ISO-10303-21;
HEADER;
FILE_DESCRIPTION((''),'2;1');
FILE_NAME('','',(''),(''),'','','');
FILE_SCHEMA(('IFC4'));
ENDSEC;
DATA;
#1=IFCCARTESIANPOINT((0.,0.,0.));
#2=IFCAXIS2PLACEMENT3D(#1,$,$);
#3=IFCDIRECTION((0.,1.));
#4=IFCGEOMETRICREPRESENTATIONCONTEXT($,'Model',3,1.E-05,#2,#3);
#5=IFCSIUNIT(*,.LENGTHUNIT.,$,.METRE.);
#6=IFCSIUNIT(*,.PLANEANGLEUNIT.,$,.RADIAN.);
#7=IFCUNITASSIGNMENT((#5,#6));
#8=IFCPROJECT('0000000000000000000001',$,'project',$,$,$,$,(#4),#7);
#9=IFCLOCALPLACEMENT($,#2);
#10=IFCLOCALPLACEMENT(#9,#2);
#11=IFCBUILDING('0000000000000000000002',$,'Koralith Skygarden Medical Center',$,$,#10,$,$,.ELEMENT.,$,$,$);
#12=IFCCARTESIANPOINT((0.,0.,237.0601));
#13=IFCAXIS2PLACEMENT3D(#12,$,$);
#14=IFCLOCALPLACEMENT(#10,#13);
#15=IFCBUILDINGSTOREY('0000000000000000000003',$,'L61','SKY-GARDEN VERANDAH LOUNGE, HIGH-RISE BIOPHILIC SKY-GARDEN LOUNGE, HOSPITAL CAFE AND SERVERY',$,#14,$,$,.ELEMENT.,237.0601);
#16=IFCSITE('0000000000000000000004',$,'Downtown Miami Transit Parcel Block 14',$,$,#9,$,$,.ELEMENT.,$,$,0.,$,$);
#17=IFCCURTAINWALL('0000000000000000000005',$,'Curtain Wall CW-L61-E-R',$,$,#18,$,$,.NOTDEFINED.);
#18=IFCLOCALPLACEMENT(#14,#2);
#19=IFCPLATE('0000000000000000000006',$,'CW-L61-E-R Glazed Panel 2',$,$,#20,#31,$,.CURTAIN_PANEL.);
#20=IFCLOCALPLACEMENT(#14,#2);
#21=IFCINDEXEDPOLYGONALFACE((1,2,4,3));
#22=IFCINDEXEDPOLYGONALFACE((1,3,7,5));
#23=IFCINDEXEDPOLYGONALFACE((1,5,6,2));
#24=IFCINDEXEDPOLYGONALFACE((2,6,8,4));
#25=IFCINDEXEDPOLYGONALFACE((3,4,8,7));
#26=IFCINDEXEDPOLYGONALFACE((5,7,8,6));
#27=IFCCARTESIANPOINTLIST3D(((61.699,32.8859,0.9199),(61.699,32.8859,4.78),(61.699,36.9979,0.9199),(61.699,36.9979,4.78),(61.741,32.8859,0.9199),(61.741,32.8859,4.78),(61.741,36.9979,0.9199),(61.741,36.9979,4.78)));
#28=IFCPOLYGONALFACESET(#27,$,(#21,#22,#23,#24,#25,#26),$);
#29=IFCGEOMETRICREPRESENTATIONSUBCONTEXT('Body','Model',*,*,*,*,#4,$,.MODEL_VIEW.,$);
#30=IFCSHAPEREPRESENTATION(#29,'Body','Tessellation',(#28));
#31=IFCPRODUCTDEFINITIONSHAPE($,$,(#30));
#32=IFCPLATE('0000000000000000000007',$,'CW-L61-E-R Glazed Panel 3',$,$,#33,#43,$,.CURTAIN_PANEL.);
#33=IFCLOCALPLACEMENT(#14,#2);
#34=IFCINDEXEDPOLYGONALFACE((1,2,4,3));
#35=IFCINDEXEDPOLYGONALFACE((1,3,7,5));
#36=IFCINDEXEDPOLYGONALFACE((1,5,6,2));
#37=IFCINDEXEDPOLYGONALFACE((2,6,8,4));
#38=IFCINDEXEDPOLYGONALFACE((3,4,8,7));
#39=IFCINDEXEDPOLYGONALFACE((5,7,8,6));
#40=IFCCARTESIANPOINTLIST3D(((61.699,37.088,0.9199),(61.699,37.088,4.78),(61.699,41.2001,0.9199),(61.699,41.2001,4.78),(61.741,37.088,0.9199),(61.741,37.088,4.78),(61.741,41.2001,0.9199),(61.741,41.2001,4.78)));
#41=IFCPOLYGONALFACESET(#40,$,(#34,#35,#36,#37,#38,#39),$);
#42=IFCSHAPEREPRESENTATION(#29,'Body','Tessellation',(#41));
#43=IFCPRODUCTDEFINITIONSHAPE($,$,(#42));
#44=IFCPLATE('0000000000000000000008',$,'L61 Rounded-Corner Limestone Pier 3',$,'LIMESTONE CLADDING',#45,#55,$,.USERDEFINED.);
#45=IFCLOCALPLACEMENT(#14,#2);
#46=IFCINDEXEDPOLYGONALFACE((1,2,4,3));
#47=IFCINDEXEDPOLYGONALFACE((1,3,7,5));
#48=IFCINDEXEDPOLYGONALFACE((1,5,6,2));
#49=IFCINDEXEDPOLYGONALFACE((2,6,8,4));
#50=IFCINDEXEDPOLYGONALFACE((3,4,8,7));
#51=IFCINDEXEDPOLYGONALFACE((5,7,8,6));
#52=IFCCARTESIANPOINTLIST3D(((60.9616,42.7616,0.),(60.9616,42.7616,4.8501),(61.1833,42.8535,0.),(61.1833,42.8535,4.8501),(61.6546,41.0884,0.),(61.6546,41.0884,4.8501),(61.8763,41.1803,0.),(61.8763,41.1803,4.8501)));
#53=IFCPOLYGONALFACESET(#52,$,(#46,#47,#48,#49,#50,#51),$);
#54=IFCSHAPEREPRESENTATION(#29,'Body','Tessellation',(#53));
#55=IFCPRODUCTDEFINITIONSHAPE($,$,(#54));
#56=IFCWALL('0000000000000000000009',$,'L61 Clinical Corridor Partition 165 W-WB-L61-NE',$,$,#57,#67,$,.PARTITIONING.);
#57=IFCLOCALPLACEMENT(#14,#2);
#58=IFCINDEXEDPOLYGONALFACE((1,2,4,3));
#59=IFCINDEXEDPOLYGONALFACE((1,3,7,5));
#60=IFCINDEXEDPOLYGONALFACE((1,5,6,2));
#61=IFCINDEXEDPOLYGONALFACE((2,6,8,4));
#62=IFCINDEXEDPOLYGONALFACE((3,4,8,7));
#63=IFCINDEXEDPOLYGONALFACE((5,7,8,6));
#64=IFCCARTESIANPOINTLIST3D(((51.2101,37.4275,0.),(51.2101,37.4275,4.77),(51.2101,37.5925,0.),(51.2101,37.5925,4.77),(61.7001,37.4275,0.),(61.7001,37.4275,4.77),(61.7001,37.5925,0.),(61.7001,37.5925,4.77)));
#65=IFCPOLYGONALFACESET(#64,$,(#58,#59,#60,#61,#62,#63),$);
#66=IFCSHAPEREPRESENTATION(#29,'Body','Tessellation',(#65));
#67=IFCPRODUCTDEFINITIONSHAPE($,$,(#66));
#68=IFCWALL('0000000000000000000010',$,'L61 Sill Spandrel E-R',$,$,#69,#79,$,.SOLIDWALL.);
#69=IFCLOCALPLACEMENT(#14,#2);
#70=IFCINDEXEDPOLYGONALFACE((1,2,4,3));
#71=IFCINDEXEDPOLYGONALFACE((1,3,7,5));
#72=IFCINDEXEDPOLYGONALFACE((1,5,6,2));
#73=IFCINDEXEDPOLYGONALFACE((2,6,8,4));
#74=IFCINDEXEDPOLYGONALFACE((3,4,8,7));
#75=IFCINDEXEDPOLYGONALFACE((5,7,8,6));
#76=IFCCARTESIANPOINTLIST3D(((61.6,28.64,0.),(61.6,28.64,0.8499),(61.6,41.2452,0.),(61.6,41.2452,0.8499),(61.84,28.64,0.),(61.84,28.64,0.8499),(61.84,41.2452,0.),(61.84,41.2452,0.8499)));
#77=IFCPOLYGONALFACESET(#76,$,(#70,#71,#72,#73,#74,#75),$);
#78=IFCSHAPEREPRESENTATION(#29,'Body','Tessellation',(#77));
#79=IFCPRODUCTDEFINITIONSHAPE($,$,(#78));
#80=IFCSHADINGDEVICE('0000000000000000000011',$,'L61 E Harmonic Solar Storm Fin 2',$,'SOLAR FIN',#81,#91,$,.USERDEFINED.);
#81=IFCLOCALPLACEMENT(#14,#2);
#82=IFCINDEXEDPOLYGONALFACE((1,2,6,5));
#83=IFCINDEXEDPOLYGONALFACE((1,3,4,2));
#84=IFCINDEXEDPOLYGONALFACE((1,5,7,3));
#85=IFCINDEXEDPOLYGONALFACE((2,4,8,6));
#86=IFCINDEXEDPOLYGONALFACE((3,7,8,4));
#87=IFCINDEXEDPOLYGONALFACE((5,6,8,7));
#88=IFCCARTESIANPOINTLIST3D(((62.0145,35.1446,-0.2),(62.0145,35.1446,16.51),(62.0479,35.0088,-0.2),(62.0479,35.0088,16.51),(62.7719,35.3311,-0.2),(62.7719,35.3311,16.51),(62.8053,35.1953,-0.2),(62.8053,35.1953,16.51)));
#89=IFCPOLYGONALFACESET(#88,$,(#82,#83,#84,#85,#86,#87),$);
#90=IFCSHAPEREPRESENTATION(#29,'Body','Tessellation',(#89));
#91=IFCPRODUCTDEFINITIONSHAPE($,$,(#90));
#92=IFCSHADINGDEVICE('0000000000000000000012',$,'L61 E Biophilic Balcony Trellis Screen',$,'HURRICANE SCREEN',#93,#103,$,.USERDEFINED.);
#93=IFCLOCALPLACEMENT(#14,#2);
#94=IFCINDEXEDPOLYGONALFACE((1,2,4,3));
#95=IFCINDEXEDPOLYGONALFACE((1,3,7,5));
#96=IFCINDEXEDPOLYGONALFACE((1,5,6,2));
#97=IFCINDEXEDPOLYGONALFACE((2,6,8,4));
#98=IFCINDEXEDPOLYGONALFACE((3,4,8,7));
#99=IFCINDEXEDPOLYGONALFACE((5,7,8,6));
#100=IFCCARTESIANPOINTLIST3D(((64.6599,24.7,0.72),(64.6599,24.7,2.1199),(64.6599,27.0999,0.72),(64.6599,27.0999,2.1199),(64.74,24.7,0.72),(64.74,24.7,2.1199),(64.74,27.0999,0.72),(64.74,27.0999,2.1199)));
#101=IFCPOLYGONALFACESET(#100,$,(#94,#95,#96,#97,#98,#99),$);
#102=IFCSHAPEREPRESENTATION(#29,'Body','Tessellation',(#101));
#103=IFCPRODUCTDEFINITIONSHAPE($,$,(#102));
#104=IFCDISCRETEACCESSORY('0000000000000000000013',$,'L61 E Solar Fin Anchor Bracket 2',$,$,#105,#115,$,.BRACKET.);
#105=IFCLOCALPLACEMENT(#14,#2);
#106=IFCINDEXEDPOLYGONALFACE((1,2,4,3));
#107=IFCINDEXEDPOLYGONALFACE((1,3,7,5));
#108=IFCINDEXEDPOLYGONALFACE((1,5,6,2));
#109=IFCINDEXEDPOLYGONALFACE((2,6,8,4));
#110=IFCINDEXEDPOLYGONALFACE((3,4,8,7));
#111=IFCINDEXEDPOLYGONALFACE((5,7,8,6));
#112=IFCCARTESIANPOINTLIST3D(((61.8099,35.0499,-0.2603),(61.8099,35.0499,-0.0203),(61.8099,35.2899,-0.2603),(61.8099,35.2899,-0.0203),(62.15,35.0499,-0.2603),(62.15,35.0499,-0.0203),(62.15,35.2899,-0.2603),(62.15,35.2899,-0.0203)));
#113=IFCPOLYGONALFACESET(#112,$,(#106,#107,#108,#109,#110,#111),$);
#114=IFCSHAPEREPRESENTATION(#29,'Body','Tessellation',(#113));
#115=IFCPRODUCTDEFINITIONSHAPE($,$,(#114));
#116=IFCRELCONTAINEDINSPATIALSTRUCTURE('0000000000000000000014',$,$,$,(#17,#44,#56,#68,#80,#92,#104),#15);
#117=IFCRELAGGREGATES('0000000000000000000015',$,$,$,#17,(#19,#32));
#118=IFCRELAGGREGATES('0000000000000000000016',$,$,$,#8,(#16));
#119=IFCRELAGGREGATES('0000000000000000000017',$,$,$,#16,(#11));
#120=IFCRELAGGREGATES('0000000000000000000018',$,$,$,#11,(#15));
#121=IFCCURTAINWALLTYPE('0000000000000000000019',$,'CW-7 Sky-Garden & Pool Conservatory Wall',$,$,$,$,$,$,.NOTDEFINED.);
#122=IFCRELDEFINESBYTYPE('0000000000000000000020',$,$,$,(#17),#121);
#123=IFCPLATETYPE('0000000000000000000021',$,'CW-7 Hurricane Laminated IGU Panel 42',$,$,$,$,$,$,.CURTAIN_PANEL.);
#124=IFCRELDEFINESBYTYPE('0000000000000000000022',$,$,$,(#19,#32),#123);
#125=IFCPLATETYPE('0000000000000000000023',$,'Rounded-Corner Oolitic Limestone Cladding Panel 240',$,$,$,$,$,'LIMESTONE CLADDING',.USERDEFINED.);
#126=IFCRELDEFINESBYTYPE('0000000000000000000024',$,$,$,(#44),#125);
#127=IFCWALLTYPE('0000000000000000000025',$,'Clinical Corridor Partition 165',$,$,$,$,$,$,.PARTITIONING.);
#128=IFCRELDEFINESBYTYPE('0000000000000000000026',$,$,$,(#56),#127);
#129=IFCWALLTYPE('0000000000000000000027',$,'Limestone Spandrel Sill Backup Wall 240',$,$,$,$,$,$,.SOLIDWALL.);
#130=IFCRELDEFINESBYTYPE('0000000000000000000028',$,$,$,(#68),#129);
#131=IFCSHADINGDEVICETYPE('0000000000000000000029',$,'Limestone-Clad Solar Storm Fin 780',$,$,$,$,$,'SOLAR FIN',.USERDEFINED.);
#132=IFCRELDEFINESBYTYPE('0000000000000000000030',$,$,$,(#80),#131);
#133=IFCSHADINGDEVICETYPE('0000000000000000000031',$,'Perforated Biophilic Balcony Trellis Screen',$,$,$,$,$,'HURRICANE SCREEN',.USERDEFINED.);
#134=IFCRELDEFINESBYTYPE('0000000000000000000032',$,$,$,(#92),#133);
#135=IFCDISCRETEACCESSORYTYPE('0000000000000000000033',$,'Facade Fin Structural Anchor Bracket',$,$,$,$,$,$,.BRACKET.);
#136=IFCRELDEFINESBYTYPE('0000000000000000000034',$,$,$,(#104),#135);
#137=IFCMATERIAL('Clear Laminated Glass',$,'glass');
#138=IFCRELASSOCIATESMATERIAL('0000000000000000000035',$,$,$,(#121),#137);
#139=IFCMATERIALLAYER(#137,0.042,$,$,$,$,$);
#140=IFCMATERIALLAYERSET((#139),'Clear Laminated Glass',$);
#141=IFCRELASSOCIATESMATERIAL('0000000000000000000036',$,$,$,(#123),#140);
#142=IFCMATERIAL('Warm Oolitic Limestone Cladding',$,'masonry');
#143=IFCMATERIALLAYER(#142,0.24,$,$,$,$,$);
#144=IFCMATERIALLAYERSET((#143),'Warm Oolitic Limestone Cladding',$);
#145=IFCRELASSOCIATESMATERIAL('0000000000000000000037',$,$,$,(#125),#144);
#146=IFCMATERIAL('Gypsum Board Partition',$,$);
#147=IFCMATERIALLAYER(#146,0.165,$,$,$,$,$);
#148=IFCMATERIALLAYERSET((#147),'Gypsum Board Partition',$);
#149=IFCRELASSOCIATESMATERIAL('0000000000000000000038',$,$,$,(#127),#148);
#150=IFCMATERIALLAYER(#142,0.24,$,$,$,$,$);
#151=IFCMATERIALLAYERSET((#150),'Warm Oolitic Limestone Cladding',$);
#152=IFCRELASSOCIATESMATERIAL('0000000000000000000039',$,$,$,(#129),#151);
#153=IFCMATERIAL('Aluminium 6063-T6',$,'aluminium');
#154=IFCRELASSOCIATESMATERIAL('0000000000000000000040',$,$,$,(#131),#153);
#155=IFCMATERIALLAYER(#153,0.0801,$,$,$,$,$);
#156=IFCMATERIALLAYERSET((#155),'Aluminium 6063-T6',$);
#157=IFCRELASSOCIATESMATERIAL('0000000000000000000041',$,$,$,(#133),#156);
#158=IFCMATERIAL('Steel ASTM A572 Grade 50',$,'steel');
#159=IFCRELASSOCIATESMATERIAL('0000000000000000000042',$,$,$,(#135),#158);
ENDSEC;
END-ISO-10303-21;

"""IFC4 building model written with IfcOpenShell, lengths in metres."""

from ifc_helpers import new_model, si_unit, direction, frame, frame_2d, origin, origin_2d, place, context, subcontext, project, spatial, rectangle, extrude, material, layer, layer_set, type_object, element, aggregate, save


model = new_model("IFC4")

# Units and contexts
model_context = context("Model", 3, precision=1e-05, world=origin(), true_north=direction((0.0, 1.0)))
body_context = subcontext(model_context, "Body", "Model", "MODEL_VIEW")
ifc_project = project(units=[si_unit("LENGTHUNIT", "METRE"), si_unit("PLANEANGLEUNIT", "RADIAN")], contexts=[model_context])

# Site, building, storey
site_placement = place(None, origin())
site = spatial("IfcSite", under=ifc_project, at=site_placement, Name="Downtown Miami Transit Parcel Block 14", CompositionType="ELEMENT", RefElevation=0.0)
building_placement = place(site_placement, origin())
building = spatial("IfcBuilding", under=site, at=building_placement, Name="Koralith Skygarden Medical Center", CompositionType="ELEMENT")
storey_placement = place(building_placement, frame((0.0, 0.0, 237.0601)))
storey = spatial("IfcBuildingStorey", under=building, at=storey_placement, Name="L61", Description="SKY-GARDEN VERANDAH LOUNGE, HIGH-RISE BIOPHILIC SKY-GARDEN LOUNGE, HOSPITAL CAFE AND SERVERY", CompositionType="ELEMENT", Elevation=237.0601)

# Curtain wall
ifc_material_1 = material(Name="Clear Laminated Glass", Category="glass")
curtain_wall_type = type_object("IfcCurtainWallType", Name="CW-7 Sky-Garden & Pool Conservatory Wall", PredefinedType="NOTDEFINED", material=ifc_material_1)
curtain_wall_placement = place(storey_placement, origin())
curtain_wall = element("IfcCurtainWall", 1, at=curtain_wall_placement, inside=storey, type_object=curtain_wall_type, Name="Curtain Wall CW-L61-E-R", PredefinedType="NOTDEFINED")
ifc_material_2 = material(Name="Aluminium 6063-T6", Category="aluminium")

# Plates
ifc_layer_1 = layer(ifc_material_1, 0.042)
ifc_layer_set_1 = layer_set([ifc_layer_1], Name="Clear Laminated Glass")
plate_type_1 = type_object("IfcPlateType", Name="CW-7 Hurricane Laminated IGU Panel 42", PredefinedType="CURTAIN_PANEL", material=ifc_layer_set_1)
plate_1_placement = place(storey_placement, frame((61.72, 34.9419, 0.9199), z_axis=(0.0, 0.0, 1.0), x_axis=(0.0, 1.0, 0.0)))
plate_1 = element("IfcPlate", 2, at=plate_1_placement, type_object=plate_type_1, Name="CW-L61-E-R Glazed Panel 2", PredefinedType="CURTAIN_PANEL", context=body_context, shape_type="SweptSolid", body=[
    extrude(rectangle(XDim=4.1121, YDim=0.042, at=origin_2d()), origin(), (0.0, 0.0, 1.0), 3.8601),
])
plate_2_placement = place(storey_placement, frame((61.72, 39.144, 0.9199), z_axis=(0.0, 0.0, 1.0), x_axis=(0.0, 1.0, 0.0)))
plate_2 = element("IfcPlate", 3, at=plate_2_placement, type_object=plate_type_1, Name="CW-L61-E-R Glazed Panel 3", PredefinedType="CURTAIN_PANEL", context=body_context, shape_type="SweptSolid", body=[
    extrude(rectangle(XDim=4.1121, YDim=0.042, at=origin_2d()), origin(), (0.0, 0.0, 1.0), 3.8601),
])
aggregate(curtain_wall, [plate_1, plate_2])
ifc_material_3 = material(Name="Warm Oolitic Limestone Cladding", Category="masonry")
ifc_layer_2 = layer(ifc_material_3, 0.24)
ifc_layer_set_2 = layer_set([ifc_layer_2], Name="Warm Oolitic Limestone Cladding")
plate_type_2 = type_object("IfcPlateType", Name="Rounded-Corner Oolitic Limestone Cladding Panel 240", ElementType="LIMESTONE CLADDING", PredefinedType="USERDEFINED", material=ifc_layer_set_2)
plate_3_placement = place(storey_placement, frame((61.4189, 41.9709, 0.0), z_axis=(0.0, 0.0, 1.0), x_axis=(-0.382671, 0.923885, 0.0)))
element("IfcPlate", 4, at=plate_3_placement, inside=storey, type_object=plate_type_2, Name="L61 Rounded-Corner Limestone Pier 3", ObjectType="LIMESTONE CLADDING", PredefinedType="USERDEFINED", context=body_context, shape_type="SweptSolid", body=[
    extrude(rectangle(XDim=1.811, YDim=0.24, at=origin_2d()), origin(), (0.0, 0.0, 1.0), 4.8501),
])

# Walls
ifc_material_4 = material(Name="Gypsum Board Partition")
ifc_layer_3 = layer(ifc_material_4, 0.165)
ifc_layer_set_3 = layer_set([ifc_layer_3], Name="Gypsum Board Partition")
wall_type_1 = type_object("IfcWallType", Name="Clinical Corridor Partition 165", PredefinedType="PARTITIONING", material=ifc_layer_set_3)
wall_1_placement = place(storey_placement, frame((51.21, 37.51, 0.0), z_axis=(0.0, 0.0, 1.0), x_axis=(1.0, 0.0, 0.0)))
element("IfcWall", 5, at=wall_1_placement, inside=storey, type_object=wall_type_1, Name="L61 Clinical Corridor Partition 165 W-WB-L61-NE", PredefinedType="PARTITIONING", context=body_context, shape_type="SweptSolid", body=[
    extrude(rectangle(XDim=10.49, YDim=0.165, at=frame_2d((5.2451, 0.0))), origin(), (0.0, 0.0, 1.0), 4.77),
])
ifc_layer_4 = layer(ifc_material_3, 0.24)
ifc_layer_set_4 = layer_set([ifc_layer_4], Name="Warm Oolitic Limestone Cladding")
wall_type_2 = type_object("IfcWallType", Name="Limestone Spandrel Sill Backup Wall 240", PredefinedType="SOLIDWALL", material=ifc_layer_set_4)
wall_2_placement = place(storey_placement, frame((61.72, 28.6399, 0.0), z_axis=(0.0, 0.0, 1.0), x_axis=(0.0, 1.0, 0.0)))
element("IfcWall", 6, at=wall_2_placement, inside=storey, type_object=wall_type_2, Name="L61 Sill Spandrel E-R", PredefinedType="SOLIDWALL", context=body_context, shape_type="SweptSolid", body=[
    extrude(rectangle(XDim=12.6052, YDim=0.24, at=frame_2d((6.3027, 0.0))), origin(), (0.0, 0.0, 1.0), 0.8499),
])

# Shading devices
shading_device_type_1 = type_object("IfcShadingDeviceType", Name="Limestone-Clad Solar Storm Fin 780", ElementType="SOLAR FIN", PredefinedType="USERDEFINED", material=ifc_material_2)
shading_device_1_placement = place(storey_placement, frame((62.4099, 35.1699, -0.2), z_axis=(0.0, 0.0, 1.0), x_axis=(0.970997, 0.239093, 0.0)))
element("IfcShadingDevice", 7, at=shading_device_1_placement, inside=storey, type_object=shading_device_type_1, Name="L61 E Harmonic Solar Storm Fin 2", ObjectType="SOLAR FIN", PredefinedType="USERDEFINED", context=body_context, shape_type="SweptSolid", body=[
    extrude(rectangle(XDim=0.78, YDim=0.1399, at=origin_2d()), origin(), (0.0, 0.0, 1.0), 16.71),
])
ifc_layer_5 = layer(ifc_material_2, 0.0801)
ifc_layer_set_5 = layer_set([ifc_layer_5], Name="Aluminium 6063-T6")
shading_device_type_2 = type_object("IfcShadingDeviceType", Name="Perforated Biophilic Balcony Trellis Screen", ElementType="HURRICANE SCREEN", PredefinedType="USERDEFINED", material=ifc_layer_set_5)
shading_device_2_placement = place(storey_placement, frame((64.7, 25.8999, 0.72), z_axis=(0.0, 0.0, 1.0), x_axis=(0.0, 1.0, 0.0)))
element("IfcShadingDevice", 8, at=shading_device_2_placement, inside=storey, type_object=shading_device_type_2, Name="L61 E Biophilic Balcony Trellis Screen", ObjectType="HURRICANE SCREEN", PredefinedType="USERDEFINED", context=body_context, shape_type="SweptSolid", body=[
    extrude(rectangle(XDim=2.3999, YDim=0.0801, at=origin_2d()), origin(), (0.0, 0.0, 1.0), 1.3999),
])

# Discrete accessory
ifc_material_5 = material(Name="Steel ASTM A572 Grade 50", Category="steel")
discrete_accessory_type = type_object("IfcDiscreteAccessoryType", Name="Facade Fin Structural Anchor Bracket", PredefinedType="BRACKET", material=ifc_material_5)
discrete_accessory_placement = place(storey_placement, frame((61.98, 35.1699, -0.2603), z_axis=(0.0, 0.0, 1.0), x_axis=(1.0, 0.0, 0.0)))
element("IfcDiscreteAccessory", 9, at=discrete_accessory_placement, inside=storey, type_object=discrete_accessory_type, Name="L61 E Solar Fin Anchor Bracket 2", PredefinedType="BRACKET", context=body_context, shape_type="SweptSolid", body=[
    extrude(rectangle(XDim=0.3401, YDim=0.24, at=origin_2d()), origin(), (0.0, 0.0, 1.0), 0.24),
])

save(model, "model.ifc")
